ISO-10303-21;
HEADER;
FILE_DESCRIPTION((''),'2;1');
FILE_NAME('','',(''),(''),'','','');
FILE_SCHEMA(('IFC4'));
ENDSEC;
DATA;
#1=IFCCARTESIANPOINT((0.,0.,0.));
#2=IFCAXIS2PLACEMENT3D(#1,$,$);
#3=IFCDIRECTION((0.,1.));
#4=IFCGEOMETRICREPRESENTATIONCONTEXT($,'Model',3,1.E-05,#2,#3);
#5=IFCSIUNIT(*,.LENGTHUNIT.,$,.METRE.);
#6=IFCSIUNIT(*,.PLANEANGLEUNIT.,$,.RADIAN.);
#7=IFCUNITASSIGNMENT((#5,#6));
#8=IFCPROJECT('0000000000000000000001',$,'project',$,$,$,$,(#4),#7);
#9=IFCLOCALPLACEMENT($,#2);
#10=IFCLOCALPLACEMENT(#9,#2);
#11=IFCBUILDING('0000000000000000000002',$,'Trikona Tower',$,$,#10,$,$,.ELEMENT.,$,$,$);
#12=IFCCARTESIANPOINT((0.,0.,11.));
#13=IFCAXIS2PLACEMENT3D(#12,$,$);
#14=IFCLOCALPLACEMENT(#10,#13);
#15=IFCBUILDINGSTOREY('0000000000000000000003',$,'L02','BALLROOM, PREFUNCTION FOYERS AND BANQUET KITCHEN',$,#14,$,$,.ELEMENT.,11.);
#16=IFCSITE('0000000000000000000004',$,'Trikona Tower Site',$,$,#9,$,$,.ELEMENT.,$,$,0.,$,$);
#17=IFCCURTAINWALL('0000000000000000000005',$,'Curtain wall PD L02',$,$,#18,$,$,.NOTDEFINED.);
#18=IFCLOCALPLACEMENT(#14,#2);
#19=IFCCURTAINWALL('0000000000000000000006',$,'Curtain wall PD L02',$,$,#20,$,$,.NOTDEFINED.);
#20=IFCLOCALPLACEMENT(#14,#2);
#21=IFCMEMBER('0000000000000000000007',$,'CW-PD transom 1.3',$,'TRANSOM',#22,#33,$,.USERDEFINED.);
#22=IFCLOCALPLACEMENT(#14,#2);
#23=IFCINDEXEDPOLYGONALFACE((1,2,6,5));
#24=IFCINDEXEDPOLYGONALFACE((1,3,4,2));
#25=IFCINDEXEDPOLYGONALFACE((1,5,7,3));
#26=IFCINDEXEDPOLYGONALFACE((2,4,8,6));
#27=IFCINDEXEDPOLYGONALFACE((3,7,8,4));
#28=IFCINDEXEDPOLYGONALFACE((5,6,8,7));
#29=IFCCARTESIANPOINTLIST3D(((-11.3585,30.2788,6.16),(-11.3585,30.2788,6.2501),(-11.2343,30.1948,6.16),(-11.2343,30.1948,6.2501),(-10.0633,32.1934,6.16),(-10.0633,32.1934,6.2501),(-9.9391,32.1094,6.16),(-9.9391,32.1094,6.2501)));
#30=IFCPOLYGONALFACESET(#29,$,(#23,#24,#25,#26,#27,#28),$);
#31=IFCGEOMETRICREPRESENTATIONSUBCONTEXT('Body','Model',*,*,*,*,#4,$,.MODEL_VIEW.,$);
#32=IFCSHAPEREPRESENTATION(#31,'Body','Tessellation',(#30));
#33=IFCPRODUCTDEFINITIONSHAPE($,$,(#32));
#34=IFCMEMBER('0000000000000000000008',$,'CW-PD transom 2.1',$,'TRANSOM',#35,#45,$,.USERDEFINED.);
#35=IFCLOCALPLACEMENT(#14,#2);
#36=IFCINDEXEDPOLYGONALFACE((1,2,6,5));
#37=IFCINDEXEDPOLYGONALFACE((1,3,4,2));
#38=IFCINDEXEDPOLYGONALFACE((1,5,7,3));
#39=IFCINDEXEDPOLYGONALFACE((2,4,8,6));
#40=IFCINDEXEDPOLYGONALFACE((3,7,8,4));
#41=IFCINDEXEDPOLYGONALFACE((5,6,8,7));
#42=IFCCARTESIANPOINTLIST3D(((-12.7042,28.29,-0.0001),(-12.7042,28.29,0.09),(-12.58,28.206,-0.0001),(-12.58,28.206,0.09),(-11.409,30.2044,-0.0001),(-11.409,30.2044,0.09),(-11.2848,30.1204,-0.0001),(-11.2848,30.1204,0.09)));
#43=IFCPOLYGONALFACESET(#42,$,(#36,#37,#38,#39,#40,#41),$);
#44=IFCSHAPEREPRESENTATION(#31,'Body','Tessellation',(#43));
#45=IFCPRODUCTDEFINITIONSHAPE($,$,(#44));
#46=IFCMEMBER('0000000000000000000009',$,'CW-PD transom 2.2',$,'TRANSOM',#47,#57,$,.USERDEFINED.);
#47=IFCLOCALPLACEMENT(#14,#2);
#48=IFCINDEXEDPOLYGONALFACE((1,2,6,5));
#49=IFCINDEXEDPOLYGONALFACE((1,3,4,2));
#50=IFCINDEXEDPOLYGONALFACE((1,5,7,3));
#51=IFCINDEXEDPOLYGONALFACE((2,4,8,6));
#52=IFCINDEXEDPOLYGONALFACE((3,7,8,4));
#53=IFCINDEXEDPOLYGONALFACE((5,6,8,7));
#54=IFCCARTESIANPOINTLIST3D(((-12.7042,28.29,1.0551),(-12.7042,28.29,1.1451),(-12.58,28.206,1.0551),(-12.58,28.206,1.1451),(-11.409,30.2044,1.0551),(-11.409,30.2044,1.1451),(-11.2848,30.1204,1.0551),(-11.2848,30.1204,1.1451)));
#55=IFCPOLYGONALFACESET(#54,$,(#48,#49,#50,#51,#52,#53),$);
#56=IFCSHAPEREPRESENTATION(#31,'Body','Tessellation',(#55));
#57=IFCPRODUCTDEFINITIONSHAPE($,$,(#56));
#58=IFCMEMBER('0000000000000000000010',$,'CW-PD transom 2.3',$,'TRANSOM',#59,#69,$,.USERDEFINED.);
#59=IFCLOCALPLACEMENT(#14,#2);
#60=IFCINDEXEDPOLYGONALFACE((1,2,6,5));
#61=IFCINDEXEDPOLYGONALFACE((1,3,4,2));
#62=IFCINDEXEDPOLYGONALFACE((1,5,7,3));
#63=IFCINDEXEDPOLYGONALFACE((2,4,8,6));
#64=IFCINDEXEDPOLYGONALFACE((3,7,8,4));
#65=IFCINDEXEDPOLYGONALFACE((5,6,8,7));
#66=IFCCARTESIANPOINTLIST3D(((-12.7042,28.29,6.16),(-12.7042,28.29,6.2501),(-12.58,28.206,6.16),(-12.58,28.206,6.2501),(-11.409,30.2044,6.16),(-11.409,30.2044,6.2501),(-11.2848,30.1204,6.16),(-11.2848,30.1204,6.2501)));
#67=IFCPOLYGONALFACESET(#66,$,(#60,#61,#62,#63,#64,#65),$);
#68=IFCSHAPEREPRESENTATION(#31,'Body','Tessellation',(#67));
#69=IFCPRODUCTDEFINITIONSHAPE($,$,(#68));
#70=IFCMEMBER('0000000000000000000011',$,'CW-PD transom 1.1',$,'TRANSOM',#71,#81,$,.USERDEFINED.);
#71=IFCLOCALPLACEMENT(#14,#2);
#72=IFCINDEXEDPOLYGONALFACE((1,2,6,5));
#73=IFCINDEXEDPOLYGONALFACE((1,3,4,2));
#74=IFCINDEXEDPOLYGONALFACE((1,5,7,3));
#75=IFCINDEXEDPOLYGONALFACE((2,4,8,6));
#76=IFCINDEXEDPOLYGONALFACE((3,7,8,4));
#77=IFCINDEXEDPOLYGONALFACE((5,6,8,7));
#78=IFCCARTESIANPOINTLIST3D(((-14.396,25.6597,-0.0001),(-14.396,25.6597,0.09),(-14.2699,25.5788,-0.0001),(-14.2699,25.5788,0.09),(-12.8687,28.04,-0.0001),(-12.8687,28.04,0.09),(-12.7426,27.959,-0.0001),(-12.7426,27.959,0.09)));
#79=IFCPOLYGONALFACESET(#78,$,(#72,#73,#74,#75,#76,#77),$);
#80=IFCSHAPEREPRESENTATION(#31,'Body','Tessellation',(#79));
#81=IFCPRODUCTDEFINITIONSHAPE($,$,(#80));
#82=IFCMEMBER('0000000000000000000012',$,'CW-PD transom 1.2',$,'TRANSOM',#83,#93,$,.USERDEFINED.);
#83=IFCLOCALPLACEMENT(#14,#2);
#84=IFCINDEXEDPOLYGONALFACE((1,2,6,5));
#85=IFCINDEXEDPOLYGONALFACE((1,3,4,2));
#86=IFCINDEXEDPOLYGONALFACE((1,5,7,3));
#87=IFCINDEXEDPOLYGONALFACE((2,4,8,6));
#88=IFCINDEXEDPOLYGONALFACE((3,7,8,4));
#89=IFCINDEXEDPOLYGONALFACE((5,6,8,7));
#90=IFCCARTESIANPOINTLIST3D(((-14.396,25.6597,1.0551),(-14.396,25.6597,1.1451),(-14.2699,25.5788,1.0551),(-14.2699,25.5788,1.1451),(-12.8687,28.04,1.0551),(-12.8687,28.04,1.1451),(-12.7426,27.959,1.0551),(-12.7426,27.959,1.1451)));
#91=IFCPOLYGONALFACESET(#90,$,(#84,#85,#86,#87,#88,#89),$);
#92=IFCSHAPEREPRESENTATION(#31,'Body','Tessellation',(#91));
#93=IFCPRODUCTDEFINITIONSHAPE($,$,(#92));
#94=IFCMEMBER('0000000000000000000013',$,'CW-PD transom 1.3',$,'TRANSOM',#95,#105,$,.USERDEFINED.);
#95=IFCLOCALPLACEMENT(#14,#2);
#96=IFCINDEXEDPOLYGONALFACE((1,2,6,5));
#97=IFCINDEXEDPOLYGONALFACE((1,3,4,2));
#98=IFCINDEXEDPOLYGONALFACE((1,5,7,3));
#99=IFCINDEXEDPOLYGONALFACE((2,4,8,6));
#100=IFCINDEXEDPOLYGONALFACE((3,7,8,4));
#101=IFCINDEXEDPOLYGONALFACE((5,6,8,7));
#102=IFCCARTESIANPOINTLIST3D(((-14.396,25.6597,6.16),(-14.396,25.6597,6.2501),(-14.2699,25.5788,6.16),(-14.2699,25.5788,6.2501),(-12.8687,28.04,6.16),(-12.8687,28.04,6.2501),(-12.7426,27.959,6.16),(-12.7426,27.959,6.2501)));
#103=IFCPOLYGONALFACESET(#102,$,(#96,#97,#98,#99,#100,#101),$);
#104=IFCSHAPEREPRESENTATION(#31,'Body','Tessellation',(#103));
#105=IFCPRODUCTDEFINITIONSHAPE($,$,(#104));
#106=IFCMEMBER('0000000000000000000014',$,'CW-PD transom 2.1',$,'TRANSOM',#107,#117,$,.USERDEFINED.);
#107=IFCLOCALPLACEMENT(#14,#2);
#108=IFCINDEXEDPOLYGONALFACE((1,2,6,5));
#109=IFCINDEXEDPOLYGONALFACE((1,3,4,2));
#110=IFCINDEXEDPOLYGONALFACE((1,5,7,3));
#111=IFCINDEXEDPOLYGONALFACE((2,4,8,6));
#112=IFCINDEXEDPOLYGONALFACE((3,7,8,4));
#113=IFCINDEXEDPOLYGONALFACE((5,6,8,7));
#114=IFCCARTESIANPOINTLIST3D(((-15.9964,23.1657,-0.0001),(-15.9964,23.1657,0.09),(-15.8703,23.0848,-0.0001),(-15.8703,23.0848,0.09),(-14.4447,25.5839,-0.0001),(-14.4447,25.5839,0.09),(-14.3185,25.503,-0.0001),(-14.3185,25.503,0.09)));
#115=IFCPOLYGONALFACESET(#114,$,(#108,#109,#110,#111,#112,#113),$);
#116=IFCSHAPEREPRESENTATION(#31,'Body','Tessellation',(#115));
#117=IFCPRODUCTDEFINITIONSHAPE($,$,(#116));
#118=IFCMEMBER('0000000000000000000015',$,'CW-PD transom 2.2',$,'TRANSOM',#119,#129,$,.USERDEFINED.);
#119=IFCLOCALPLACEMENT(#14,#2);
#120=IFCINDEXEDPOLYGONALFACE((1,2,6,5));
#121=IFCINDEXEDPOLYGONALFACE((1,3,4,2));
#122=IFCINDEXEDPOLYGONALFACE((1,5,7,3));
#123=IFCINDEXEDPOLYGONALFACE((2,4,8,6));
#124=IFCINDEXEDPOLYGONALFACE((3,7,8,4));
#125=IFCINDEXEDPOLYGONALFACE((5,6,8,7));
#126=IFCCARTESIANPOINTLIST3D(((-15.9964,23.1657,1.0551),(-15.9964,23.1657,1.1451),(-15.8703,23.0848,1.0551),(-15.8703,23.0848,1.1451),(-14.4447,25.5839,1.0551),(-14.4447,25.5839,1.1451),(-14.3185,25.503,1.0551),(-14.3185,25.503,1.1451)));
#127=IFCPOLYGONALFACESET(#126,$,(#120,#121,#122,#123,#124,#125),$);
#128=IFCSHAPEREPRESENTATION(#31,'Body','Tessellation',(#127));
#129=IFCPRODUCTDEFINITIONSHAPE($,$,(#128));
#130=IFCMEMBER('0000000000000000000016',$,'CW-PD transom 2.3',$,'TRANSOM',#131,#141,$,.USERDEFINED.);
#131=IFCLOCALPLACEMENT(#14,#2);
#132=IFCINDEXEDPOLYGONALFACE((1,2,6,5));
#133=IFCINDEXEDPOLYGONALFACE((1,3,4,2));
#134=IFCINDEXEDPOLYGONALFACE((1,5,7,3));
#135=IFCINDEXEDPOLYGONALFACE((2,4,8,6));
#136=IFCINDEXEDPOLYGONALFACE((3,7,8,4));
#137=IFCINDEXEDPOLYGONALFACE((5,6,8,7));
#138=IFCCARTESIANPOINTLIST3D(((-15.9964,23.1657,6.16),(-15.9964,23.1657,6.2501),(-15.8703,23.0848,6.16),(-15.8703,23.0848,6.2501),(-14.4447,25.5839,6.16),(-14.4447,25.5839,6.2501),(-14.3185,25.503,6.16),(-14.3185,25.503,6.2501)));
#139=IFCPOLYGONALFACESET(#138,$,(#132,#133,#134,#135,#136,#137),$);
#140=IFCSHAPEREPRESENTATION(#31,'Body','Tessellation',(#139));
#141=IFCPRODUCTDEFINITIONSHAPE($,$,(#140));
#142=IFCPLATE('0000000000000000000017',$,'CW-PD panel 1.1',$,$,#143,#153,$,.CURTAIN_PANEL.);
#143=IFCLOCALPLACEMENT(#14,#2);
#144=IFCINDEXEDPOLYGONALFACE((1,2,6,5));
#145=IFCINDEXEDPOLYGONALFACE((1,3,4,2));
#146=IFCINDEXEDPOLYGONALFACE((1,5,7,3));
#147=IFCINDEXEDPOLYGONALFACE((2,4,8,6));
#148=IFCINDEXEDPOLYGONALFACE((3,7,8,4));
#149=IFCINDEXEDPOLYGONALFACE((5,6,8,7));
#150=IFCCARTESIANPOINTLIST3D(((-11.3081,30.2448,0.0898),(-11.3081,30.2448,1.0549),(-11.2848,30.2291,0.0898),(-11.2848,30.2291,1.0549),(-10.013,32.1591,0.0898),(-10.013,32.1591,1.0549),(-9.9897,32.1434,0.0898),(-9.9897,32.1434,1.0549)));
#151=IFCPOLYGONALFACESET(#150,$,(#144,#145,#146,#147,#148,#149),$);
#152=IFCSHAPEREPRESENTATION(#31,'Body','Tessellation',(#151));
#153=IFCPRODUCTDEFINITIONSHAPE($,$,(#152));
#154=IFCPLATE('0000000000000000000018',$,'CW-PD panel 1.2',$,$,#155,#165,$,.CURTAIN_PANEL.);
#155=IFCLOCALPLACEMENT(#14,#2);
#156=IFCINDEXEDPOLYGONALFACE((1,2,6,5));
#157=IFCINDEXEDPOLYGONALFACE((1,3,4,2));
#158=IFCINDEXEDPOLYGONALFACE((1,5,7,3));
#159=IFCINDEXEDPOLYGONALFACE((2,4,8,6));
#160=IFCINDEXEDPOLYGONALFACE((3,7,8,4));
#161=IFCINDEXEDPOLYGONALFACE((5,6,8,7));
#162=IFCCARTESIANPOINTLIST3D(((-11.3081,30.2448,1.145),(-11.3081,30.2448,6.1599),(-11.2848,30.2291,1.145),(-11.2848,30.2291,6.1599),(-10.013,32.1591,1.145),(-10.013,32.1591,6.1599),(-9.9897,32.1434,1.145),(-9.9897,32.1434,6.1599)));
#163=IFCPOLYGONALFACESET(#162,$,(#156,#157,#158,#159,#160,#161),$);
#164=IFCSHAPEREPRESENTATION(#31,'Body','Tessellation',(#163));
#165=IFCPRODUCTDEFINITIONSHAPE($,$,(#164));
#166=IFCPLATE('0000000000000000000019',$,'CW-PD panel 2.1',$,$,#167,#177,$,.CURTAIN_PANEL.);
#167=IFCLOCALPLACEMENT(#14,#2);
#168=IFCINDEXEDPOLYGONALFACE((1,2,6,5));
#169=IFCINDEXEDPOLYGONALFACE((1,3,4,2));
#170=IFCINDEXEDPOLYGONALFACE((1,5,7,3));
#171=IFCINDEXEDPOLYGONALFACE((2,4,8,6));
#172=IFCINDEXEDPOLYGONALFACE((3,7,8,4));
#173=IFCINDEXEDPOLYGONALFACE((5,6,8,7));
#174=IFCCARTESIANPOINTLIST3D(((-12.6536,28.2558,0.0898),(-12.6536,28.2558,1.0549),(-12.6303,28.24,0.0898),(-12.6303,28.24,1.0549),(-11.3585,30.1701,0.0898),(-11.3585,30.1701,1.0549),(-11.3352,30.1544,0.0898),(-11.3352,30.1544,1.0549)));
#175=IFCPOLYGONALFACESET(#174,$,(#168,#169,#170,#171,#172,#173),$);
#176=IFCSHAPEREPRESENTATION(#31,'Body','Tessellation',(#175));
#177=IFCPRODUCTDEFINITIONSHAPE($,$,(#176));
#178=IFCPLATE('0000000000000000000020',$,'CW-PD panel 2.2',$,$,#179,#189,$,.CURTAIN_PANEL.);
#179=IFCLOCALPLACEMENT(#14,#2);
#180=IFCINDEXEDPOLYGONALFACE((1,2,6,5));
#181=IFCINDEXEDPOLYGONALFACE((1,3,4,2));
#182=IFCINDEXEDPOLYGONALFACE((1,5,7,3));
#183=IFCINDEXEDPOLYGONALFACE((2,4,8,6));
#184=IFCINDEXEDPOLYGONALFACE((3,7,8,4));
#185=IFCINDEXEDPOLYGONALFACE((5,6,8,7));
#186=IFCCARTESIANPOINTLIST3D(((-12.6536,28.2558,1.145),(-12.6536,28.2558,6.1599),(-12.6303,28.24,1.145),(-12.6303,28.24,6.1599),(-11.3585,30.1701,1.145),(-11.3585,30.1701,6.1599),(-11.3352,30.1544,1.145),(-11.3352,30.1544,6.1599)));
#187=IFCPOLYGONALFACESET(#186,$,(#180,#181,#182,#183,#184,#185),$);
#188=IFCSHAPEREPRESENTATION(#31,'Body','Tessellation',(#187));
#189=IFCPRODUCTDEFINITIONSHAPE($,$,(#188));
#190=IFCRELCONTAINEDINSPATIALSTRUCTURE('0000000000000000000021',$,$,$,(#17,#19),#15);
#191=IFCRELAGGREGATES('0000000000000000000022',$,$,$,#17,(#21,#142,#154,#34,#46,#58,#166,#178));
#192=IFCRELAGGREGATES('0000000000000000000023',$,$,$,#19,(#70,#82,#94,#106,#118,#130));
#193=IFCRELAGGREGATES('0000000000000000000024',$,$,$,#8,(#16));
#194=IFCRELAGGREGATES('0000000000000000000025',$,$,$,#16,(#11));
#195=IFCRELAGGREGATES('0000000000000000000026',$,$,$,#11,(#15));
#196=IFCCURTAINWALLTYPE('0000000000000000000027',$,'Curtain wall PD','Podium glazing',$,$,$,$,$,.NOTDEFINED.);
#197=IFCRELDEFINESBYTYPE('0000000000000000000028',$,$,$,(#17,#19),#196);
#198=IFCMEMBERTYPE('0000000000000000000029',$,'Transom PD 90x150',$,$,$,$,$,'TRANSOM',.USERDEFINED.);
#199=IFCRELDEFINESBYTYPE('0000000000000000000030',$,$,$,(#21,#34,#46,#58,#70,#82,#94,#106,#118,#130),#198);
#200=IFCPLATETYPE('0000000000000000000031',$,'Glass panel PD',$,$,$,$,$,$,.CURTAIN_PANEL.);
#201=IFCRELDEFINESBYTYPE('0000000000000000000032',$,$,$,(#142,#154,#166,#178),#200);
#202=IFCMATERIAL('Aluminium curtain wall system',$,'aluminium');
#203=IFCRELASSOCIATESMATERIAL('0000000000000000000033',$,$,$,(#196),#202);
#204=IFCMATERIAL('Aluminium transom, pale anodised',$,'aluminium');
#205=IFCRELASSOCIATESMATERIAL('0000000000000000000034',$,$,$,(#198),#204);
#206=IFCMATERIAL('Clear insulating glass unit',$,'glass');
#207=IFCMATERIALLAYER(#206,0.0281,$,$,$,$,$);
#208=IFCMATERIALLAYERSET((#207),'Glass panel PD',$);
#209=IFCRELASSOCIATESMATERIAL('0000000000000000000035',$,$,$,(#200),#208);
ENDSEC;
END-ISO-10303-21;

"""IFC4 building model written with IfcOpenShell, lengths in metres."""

from ifc_helpers import new_model, si_unit, direction, frame, origin, origin_2d, place, context, subcontext, project, spatial, rectangle, extrude, material, layer, layer_set, material_profile, profile_set, type_object, element, aggregate, save


model = new_model("IFC4")

# Units and contexts
model_context = context("Model", 3, precision=1e-05, world=origin(), true_north=direction((0.0, 1.0)))
body_context = subcontext(model_context, "Body", "Model", "MODEL_VIEW")
ifc_project = project(units=[si_unit("LENGTHUNIT", "METRE"), si_unit("PLANEANGLEUNIT", "RADIAN")], contexts=[model_context])

# Site, building, storey
site_placement = place(None, origin())
site = spatial("IfcSite", under=ifc_project, at=site_placement, Name="Trikona Tower Site", CompositionType="ELEMENT", RefElevation=0.0)
building_placement = place(site_placement, origin())
building = spatial("IfcBuilding", under=site, at=building_placement, Name="Trikona Tower", CompositionType="ELEMENT")
storey_placement = place(building_placement, frame((0.0, 0.0, 11.0)))
storey = spatial("IfcBuildingStorey", under=building, at=storey_placement, Name="L02", Description="BALLROOM, PREFUNCTION FOYERS AND BANQUET KITCHEN", CompositionType="ELEMENT", Elevation=11.0)

# Curtain walls
ifc_material_1 = material(Name="Aluminium curtain wall system", Category="aluminium")
curtain_wall_type = type_object("IfcCurtainWallType", Name="Curtain wall PD", Description="Podium glazing", PredefinedType="NOTDEFINED", material=ifc_material_1)
curtain_wall_1_placement = place(storey_placement, origin())
curtain_wall_1 = element("IfcCurtainWall", 1, at=curtain_wall_1_placement, inside=storey, type_object=curtain_wall_type, Name="Curtain wall PD L02", PredefinedType="NOTDEFINED")
curtain_wall_2_placement = place(storey_placement, origin())
curtain_wall_2 = element("IfcCurtainWall", 2, at=curtain_wall_2_placement, inside=storey, type_object=curtain_wall_type, Name="Curtain wall PD L02", PredefinedType="NOTDEFINED")

# Members
ifc_material_2 = material(Name="Aluminium transom, pale anodised", Category="aluminium")
ifc_material_profile_1 = material_profile(ifc_material_2, rectangle(XDim=0.1499, YDim=0.0901, at=origin_2d()), Name="TRN-PD")
ifc_profile_set_1 = profile_set([ifc_material_profile_1], Name="Aluminium transom, pale anodised")
member_type_1 = type_object("IfcMemberType", Name="Transom PD 90x150", ElementType="TRANSOM", PredefinedType="USERDEFINED", material=ifc_profile_set_1)
member_1_placement = place(storey_placement, frame((-10.0012, 32.1514, 6.2051), z_axis=(-0.560318, -0.828278, 0.0), x_axis=(0.828278, -0.560318, 0.0)))
member_1 = element("IfcMember", 3, at=member_1_placement, type_object=member_type_1, Name="CW-PD transom 1.3", ObjectType="TRANSOM", PredefinedType="USERDEFINED", context=body_context, shape_type="SweptSolid", body=[
    extrude(rectangle(XDim=0.1499, YDim=0.0901, at=origin_2d()), origin(), (0.0, 0.0, 1.0), 2.3115),
])
member_2_placement = place(storey_placement, frame((-11.3469, 30.1624, 0.0449), z_axis=(-0.560367, -0.828244, 0.0), x_axis=(0.828244, -0.560367, 0.0)))
member_2 = element("IfcMember", 4, at=member_2_placement, type_object=member_type_1, Name="CW-PD transom 2.1", ObjectType="TRANSOM", PredefinedType="USERDEFINED", context=body_context, shape_type="SweptSolid", body=[
    extrude(rectangle(XDim=0.1499, YDim=0.0901, at=origin_2d()), origin(), (0.0, 0.0, 1.0), 2.3113),
])
member_3_placement = place(storey_placement, frame((-11.3469, 30.1624, 1.1001), z_axis=(-0.560367, -0.828244, 0.0), x_axis=(0.828244, -0.560367, 0.0)))
member_3 = element("IfcMember", 5, at=member_3_placement, type_object=member_type_1, Name="CW-PD transom 2.2", ObjectType="TRANSOM", PredefinedType="USERDEFINED", context=body_context, shape_type="SweptSolid", body=[
    extrude(rectangle(XDim=0.1499, YDim=0.0901, at=origin_2d()), origin(), (0.0, 0.0, 1.0), 2.3113),
])
member_4_placement = place(storey_placement, frame((-11.3469, 30.1624, 6.2051), z_axis=(-0.560367, -0.828244, 0.0), x_axis=(0.828244, -0.560367, 0.0)))
member_4 = element("IfcMember", 6, at=member_4_placement, type_object=member_type_1, Name="CW-PD transom 2.3", ObjectType="TRANSOM", PredefinedType="USERDEFINED", context=body_context, shape_type="SweptSolid", body=[
    extrude(rectangle(XDim=0.1499, YDim=0.0901, at=origin_2d()), origin(), (0.0, 0.0, 1.0), 2.3113),
])
member_5_placement = place(storey_placement, frame((-12.8057, 27.9995, 0.0449), z_axis=(-0.540033, -0.841644, 0.0), x_axis=(0.841644, -0.540033, 0.0)))
member_5 = element("IfcMember", 7, at=member_5_placement, type_object=member_type_1, Name="CW-PD transom 1.1", ObjectType="TRANSOM", PredefinedType="USERDEFINED", context=body_context, shape_type="SweptSolid", body=[
    extrude(rectangle(XDim=0.1499, YDim=0.0901, at=origin_2d()), origin(), (0.0, 0.0, 1.0), 2.8281),
])
member_6_placement = place(storey_placement, frame((-12.8057, 27.9995, 1.1001), z_axis=(-0.540033, -0.841644, 0.0), x_axis=(0.841644, -0.540033, 0.0)))
member_6 = element("IfcMember", 8, at=member_6_placement, type_object=member_type_1, Name="CW-PD transom 1.2", ObjectType="TRANSOM", PredefinedType="USERDEFINED", context=body_context, shape_type="SweptSolid", body=[
    extrude(rectangle(XDim=0.1499, YDim=0.0901, at=origin_2d()), origin(), (0.0, 0.0, 1.0), 2.8281),
])
member_7_placement = place(storey_placement, frame((-12.8057, 27.9995, 6.2051), z_axis=(-0.540033, -0.841644, 0.0), x_axis=(0.841644, -0.540033, 0.0)))
member_7 = element("IfcMember", 9, at=member_7_placement, type_object=member_type_1, Name="CW-PD transom 1.3", ObjectType="TRANSOM", PredefinedType="USERDEFINED", context=body_context, shape_type="SweptSolid", body=[
    extrude(rectangle(XDim=0.1499, YDim=0.0901, at=origin_2d()), origin(), (0.0, 0.0, 1.0), 2.8281),
])
member_8_placement = place(storey_placement, frame((-14.3816, 25.5435, 0.0449), z_axis=(-0.540066, -0.841623, 0.0), x_axis=(0.841623, -0.540066, 0.0)))
member_8 = element("IfcMember", 10, at=member_8_placement, type_object=member_type_1, Name="CW-PD transom 2.1", ObjectType="TRANSOM", PredefinedType="USERDEFINED", context=body_context, shape_type="SweptSolid", body=[
    extrude(rectangle(XDim=0.1499, YDim=0.0901, at=origin_2d()), origin(), (0.0, 0.0, 1.0), 2.8733),
])
member_9_placement = place(storey_placement, frame((-14.3816, 25.5435, 1.1001), z_axis=(-0.540066, -0.841623, 0.0), x_axis=(0.841623, -0.540066, 0.0)))
member_9 = element("IfcMember", 11, at=member_9_placement, type_object=member_type_1, Name="CW-PD transom 2.2", ObjectType="TRANSOM", PredefinedType="USERDEFINED", context=body_context, shape_type="SweptSolid", body=[
    extrude(rectangle(XDim=0.1499, YDim=0.0901, at=origin_2d()), origin(), (0.0, 0.0, 1.0), 2.8733),
])
member_10_placement = place(storey_placement, frame((-14.3816, 25.5435, 6.2051), z_axis=(-0.540066, -0.841623, 0.0), x_axis=(0.841623, -0.540066, 0.0)))
member_10 = element("IfcMember", 12, at=member_10_placement, type_object=member_type_1, Name="CW-PD transom 2.3", ObjectType="TRANSOM", PredefinedType="USERDEFINED", context=body_context, shape_type="SweptSolid", body=[
    extrude(rectangle(XDim=0.1499, YDim=0.0901, at=origin_2d()), origin(), (0.0, 0.0, 1.0), 2.8733),
])

# Plates
ifc_material_3 = material(Name="Clear insulating glass unit", Category="glass")
ifc_layer_1 = layer(ifc_material_3, 0.0281)
ifc_layer_set_1 = layer_set([ifc_layer_1], Name="Glass panel PD")
plate_type = type_object("IfcPlateType", Name="Glass panel PD", PredefinedType="CURTAIN_PANEL", material=ifc_layer_set_1)
plate_1_placement = place(storey_placement, frame((-10.6489, 31.1941, 0.0898), z_axis=(0.0, 0.0, 1.0), x_axis=(-0.560338, -0.828264, 0.0)))
plate_1 = element("IfcPlate", 13, at=plate_1_placement, type_object=plate_type, Name="CW-PD panel 1.1", PredefinedType="CURTAIN_PANEL", context=body_context, shape_type="SweptSolid", body=[
    extrude(rectangle(XDim=2.3113, YDim=0.0281, at=origin_2d()), origin(), (0.0, 0.0, 1.0), 0.9651),
])
plate_2_placement = place(storey_placement, frame((-10.6489, 31.1941, 1.145), z_axis=(0.0, 0.0, 1.0), x_axis=(-0.560338, -0.828264, 0.0)))
plate_2 = element("IfcPlate", 14, at=plate_2_placement, type_object=plate_type, Name="CW-PD panel 1.2", PredefinedType="CURTAIN_PANEL", context=body_context, shape_type="SweptSolid", body=[
    extrude(rectangle(XDim=2.3113, YDim=0.0281, at=origin_2d()), origin(), (0.0, 0.0, 1.0), 5.0149),
])
plate_3_placement = place(storey_placement, frame((-11.9944, 29.2051, 0.0898), z_axis=(0.0, 0.0, 1.0), x_axis=(-0.560338, -0.828264, 0.0)))
plate_3 = element("IfcPlate", 15, at=plate_3_placement, type_object=plate_type, Name="CW-PD panel 2.1", PredefinedType="CURTAIN_PANEL", context=body_context, shape_type="SweptSolid", body=[
    extrude(rectangle(XDim=2.3113, YDim=0.0281, at=origin_2d()), origin(), (0.0, 0.0, 1.0), 0.9651),
])
plate_4_placement = place(storey_placement, frame((-11.9944, 29.2051, 1.145), z_axis=(0.0, 0.0, 1.0), x_axis=(-0.560338, -0.828264, 0.0)))
plate_4 = element("IfcPlate", 16, at=plate_4_placement, type_object=plate_type, Name="CW-PD panel 2.2", PredefinedType="CURTAIN_PANEL", context=body_context, shape_type="SweptSolid", body=[
    extrude(rectangle(XDim=2.3113, YDim=0.0281, at=origin_2d()), origin(), (0.0, 0.0, 1.0), 5.0149),
])
aggregate(curtain_wall_1, [member_1, plate_1, plate_2, member_2, member_3, member_4, plate_3, plate_4])
aggregate(curtain_wall_2, [member_5, member_6, member_7, member_8, member_9, member_10])

save(model, "model.ifc")
